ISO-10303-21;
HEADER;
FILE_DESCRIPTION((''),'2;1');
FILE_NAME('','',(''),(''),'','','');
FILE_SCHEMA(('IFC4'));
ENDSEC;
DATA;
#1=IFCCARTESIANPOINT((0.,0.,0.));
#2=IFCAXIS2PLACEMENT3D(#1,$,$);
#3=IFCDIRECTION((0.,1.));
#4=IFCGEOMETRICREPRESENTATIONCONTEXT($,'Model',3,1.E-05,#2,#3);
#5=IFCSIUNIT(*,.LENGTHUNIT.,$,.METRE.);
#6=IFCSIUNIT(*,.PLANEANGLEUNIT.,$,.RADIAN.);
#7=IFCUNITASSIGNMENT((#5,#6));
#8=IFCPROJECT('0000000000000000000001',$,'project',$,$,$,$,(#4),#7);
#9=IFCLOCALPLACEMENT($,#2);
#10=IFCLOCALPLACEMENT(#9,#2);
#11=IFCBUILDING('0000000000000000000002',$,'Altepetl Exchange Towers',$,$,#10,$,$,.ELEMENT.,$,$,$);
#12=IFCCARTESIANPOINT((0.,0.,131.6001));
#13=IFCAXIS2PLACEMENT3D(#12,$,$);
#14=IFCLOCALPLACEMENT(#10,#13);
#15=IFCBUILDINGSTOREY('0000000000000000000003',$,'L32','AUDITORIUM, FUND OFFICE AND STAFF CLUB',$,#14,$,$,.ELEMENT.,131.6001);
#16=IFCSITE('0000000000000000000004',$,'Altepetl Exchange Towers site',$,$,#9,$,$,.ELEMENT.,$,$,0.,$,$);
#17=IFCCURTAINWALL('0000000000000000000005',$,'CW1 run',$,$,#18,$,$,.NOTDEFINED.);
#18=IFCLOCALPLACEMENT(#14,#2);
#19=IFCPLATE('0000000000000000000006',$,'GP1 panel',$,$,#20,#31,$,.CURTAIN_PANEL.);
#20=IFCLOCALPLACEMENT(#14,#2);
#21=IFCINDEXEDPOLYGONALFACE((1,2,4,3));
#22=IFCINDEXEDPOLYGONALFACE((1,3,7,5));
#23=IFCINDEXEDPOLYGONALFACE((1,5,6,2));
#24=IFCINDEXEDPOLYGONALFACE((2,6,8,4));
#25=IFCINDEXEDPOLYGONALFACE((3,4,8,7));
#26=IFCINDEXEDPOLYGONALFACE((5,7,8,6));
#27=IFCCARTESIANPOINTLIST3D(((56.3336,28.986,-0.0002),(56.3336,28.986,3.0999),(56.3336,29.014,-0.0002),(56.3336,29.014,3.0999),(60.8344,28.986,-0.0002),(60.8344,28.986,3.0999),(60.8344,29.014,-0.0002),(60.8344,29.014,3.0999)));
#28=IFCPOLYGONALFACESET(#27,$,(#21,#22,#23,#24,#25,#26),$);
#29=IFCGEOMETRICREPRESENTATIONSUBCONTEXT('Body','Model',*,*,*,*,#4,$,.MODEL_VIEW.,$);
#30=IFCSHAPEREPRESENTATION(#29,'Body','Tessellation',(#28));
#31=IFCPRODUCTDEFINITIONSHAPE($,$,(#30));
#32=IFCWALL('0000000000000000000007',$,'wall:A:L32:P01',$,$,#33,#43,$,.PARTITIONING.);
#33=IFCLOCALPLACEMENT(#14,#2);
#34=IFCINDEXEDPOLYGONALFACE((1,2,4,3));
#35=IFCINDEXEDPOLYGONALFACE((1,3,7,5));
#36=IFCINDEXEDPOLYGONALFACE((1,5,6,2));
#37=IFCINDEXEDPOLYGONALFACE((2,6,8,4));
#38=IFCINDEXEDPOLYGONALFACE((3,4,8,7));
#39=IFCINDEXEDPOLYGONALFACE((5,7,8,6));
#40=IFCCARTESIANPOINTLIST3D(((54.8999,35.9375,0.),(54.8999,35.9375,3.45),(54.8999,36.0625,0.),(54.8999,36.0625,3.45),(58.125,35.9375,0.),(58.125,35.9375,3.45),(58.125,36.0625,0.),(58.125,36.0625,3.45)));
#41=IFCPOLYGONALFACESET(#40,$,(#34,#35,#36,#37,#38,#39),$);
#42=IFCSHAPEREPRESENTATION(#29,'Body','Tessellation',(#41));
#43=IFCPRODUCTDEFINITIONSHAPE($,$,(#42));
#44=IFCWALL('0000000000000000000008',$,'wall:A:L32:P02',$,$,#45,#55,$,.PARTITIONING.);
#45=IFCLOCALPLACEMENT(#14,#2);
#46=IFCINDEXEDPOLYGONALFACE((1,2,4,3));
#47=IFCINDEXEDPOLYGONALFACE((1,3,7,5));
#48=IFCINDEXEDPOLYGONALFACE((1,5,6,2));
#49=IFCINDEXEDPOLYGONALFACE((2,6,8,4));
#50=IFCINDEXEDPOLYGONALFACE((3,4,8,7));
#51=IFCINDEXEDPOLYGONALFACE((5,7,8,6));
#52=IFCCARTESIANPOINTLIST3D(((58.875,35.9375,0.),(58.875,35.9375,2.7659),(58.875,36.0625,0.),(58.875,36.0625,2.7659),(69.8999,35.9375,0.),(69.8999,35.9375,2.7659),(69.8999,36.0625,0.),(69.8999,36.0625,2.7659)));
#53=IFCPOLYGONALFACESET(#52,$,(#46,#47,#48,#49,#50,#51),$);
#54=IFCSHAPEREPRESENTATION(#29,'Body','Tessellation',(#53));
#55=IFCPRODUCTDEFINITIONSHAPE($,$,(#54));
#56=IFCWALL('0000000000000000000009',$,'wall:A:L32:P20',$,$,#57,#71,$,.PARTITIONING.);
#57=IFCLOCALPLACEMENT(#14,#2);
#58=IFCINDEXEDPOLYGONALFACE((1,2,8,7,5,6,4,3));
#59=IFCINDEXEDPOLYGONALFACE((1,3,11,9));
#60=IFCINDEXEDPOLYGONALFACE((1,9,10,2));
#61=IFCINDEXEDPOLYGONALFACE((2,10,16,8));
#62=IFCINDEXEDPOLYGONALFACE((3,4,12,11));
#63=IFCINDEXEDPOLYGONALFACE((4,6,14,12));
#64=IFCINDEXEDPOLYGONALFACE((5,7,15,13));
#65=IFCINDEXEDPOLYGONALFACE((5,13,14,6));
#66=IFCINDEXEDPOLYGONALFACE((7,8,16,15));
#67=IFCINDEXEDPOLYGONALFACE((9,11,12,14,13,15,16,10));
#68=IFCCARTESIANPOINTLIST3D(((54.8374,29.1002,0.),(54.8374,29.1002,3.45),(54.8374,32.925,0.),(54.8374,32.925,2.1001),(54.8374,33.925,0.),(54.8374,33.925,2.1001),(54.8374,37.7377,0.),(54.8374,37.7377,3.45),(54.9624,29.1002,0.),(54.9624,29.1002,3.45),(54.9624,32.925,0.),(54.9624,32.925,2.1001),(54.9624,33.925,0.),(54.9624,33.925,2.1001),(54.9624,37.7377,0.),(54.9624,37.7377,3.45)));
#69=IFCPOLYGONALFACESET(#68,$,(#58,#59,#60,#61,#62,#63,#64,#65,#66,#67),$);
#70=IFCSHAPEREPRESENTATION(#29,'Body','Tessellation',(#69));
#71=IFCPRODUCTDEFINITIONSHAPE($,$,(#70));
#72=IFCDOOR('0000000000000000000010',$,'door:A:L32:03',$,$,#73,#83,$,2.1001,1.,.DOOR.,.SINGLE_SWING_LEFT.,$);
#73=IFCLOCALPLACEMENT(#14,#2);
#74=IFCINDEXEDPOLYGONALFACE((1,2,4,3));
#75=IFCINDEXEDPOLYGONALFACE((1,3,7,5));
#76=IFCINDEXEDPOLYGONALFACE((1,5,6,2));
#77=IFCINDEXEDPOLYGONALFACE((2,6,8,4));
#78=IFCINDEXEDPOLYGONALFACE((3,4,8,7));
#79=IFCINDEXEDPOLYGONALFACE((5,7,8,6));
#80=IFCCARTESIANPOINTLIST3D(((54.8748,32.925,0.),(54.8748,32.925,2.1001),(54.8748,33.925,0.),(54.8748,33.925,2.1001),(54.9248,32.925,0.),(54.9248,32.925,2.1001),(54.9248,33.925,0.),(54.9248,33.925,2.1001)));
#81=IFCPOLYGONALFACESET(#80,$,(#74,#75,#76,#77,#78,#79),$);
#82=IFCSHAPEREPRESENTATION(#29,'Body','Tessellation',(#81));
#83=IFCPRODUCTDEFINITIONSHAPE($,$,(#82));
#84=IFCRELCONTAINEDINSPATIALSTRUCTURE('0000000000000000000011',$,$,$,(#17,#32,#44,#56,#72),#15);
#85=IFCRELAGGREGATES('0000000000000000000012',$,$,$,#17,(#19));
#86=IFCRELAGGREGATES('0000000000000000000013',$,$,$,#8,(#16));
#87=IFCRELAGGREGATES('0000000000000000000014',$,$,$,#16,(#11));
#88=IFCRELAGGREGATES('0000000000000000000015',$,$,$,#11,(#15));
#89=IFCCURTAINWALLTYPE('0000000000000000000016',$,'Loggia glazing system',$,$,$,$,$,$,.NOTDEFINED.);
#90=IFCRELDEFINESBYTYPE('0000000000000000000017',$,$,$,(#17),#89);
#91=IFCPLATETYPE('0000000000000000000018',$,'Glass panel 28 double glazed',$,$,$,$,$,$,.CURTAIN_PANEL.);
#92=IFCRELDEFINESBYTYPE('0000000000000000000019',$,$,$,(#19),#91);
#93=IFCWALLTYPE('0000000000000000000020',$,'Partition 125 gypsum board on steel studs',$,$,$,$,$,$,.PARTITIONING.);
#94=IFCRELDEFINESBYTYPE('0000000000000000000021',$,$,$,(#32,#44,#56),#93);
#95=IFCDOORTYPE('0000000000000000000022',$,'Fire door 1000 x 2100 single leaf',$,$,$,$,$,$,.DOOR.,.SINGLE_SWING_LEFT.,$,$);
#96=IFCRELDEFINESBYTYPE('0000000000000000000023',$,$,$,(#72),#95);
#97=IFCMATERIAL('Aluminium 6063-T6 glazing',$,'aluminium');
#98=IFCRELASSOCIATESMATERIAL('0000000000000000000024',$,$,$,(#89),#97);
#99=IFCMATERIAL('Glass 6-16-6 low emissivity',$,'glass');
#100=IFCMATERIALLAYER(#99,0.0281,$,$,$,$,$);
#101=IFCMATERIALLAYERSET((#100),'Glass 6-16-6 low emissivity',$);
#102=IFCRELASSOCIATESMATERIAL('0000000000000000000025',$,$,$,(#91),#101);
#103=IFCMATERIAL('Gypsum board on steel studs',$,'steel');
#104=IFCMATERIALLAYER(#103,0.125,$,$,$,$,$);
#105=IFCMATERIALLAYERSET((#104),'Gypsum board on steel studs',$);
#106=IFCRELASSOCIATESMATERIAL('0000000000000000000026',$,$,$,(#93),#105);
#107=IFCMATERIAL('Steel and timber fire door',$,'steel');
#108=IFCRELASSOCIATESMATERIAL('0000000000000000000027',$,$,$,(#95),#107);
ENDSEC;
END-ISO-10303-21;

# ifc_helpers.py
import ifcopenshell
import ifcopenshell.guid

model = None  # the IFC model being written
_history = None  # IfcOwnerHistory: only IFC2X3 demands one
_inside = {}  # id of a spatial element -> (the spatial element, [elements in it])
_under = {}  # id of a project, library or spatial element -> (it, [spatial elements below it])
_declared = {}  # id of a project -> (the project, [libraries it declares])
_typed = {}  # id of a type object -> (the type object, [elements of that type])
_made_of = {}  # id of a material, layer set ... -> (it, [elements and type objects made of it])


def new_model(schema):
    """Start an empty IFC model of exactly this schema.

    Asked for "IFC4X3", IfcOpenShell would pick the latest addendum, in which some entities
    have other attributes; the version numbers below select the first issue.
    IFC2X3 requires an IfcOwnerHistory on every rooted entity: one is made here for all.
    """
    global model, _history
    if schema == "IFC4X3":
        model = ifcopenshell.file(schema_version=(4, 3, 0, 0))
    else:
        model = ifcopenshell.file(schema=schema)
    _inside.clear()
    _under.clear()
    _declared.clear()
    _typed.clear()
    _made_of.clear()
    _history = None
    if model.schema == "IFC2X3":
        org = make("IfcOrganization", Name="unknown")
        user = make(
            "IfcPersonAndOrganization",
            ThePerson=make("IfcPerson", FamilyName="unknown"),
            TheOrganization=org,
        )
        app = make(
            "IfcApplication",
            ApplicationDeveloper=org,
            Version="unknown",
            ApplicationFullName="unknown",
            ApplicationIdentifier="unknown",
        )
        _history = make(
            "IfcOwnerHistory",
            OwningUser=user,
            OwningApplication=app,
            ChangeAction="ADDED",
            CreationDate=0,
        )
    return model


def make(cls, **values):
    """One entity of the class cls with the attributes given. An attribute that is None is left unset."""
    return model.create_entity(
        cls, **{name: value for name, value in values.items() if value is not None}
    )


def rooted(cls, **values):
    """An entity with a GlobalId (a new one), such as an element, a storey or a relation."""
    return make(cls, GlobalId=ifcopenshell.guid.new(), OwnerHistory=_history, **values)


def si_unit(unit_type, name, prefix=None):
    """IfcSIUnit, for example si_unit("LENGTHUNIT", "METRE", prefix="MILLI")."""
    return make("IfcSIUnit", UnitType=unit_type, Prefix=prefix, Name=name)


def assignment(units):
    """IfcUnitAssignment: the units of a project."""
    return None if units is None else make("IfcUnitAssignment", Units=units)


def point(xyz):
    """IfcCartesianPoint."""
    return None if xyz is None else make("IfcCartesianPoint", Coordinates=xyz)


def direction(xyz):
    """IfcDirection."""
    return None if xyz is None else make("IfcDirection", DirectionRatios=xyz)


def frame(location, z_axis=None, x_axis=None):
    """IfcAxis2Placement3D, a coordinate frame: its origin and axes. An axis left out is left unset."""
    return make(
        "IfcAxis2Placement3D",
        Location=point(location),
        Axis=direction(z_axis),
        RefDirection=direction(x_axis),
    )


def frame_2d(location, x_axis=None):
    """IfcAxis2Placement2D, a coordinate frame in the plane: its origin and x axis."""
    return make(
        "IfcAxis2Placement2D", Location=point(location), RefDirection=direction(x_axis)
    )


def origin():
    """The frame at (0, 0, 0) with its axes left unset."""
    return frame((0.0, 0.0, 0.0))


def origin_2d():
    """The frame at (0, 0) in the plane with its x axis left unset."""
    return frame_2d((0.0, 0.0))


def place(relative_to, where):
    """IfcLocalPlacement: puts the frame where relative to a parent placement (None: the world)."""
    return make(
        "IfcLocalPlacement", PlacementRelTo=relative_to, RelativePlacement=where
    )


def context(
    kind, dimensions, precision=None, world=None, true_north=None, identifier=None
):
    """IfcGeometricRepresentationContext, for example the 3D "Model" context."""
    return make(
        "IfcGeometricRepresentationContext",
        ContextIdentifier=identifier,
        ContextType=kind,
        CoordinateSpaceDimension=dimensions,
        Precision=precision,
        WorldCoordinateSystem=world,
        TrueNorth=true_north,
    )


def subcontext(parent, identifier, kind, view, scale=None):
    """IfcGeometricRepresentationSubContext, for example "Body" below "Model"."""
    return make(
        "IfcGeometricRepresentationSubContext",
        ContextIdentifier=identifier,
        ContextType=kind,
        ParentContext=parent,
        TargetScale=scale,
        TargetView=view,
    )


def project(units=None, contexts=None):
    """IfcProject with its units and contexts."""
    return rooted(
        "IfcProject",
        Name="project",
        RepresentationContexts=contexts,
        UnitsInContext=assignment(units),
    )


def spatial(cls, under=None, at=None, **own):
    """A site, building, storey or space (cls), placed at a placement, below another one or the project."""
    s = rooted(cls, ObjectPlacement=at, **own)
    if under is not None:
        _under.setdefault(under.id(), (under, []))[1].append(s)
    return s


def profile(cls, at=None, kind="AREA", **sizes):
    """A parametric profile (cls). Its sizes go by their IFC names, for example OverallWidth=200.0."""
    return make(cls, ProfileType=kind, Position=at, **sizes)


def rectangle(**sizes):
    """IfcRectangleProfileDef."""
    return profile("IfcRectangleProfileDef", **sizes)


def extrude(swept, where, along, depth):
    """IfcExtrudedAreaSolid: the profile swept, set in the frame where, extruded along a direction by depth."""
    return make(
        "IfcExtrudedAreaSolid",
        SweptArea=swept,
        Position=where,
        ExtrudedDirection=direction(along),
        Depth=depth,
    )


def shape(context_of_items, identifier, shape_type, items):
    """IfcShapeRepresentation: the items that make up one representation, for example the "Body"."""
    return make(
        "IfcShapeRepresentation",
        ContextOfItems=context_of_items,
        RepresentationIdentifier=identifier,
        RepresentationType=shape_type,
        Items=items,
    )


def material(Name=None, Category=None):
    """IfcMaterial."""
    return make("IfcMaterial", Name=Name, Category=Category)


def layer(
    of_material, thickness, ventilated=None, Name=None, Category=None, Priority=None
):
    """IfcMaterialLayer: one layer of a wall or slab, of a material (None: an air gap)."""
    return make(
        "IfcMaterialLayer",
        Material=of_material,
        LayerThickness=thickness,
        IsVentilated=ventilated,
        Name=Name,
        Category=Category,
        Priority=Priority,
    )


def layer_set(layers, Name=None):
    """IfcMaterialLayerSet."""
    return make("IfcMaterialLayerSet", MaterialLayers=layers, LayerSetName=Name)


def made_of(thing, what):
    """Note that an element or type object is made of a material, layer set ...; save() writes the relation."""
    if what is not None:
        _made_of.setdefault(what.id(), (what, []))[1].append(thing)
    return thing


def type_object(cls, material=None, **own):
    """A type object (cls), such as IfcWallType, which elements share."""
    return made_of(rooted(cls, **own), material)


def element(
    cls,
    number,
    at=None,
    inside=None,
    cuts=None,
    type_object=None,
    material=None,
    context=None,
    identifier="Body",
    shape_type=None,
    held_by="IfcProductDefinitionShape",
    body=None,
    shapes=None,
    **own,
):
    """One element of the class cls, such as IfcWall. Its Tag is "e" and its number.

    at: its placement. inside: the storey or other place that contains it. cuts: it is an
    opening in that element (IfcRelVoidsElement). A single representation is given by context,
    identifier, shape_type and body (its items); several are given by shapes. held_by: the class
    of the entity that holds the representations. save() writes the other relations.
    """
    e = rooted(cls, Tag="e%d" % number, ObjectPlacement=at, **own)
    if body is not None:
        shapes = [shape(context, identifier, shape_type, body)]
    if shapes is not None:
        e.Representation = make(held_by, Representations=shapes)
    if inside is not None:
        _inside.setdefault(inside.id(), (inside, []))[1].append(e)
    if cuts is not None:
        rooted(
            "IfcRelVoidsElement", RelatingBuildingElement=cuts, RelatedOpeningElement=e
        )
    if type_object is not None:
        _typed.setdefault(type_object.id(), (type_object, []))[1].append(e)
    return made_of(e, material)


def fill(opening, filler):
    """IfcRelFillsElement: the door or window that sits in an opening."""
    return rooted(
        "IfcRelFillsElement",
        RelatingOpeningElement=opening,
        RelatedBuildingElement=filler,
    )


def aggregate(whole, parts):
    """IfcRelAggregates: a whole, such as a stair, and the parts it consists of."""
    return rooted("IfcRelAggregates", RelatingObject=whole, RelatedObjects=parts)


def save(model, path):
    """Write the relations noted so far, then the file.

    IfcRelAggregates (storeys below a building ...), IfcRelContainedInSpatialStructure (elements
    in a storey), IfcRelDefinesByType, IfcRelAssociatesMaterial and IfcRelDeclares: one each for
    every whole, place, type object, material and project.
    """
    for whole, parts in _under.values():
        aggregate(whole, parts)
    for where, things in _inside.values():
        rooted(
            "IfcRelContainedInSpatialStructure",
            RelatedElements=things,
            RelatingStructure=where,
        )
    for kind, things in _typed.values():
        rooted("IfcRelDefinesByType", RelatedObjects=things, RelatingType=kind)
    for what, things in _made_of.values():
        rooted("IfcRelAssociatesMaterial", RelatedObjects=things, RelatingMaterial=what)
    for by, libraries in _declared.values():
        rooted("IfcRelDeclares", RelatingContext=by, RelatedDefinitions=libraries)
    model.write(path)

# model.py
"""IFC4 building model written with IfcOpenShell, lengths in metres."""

from ifc_helpers import new_model, si_unit, direction, frame, frame_2d, origin, origin_2d, place, context, subcontext, project, spatial, rectangle, extrude, material, layer, layer_set, type_object, element, fill, aggregate, save


model = new_model("IFC4")

# Units and contexts
model_context = context("Model", 3, precision=1e-05, world=origin(), true_north=direction((0.0, 1.0)))
body_context = subcontext(model_context, "Body", "Model", "MODEL_VIEW")
ifc_project = project(units=[si_unit("LENGTHUNIT", "METRE"), si_unit("PLANEANGLEUNIT", "RADIAN")], contexts=[model_context])

# Site, building, storey
site_placement = place(None, origin())
site = spatial("IfcSite", under=ifc_project, at=site_placement, Name="Altepetl Exchange Towers site", CompositionType="ELEMENT", RefElevation=0.0)
building_placement = place(site_placement, origin())
building = spatial("IfcBuilding", under=site, at=building_placement, Name="Altepetl Exchange Towers", CompositionType="ELEMENT")
storey_placement = place(building_placement, frame((0.0, 0.0, 131.6001)))
storey = spatial("IfcBuildingStorey", under=building, at=storey_placement, Name="L32", Description="AUDITORIUM, FUND OFFICE AND STAFF CLUB", CompositionType="ELEMENT", Elevation=131.6001)

# Curtain wall
ifc_material_1 = material(Name="Aluminium 6063-T6 glazing", Category="aluminium")
curtain_wall_type = type_object("IfcCurtainWallType", Name="Loggia glazing system", PredefinedType="NOTDEFINED", material=ifc_material_1)
curtain_wall_placement = place(storey_placement, origin())
curtain_wall = element("IfcCurtainWall", 1, at=curtain_wall_placement, inside=storey, type_object=curtain_wall_type, Name="CW1 run", PredefinedType="NOTDEFINED")

# Plate
ifc_material_2 = material(Name="Glass 6-16-6 low emissivity", Category="glass")
ifc_layer_1 = layer(ifc_material_2, 0.0281)
ifc_layer_set_1 = layer_set([ifc_layer_1], Name="Glass 6-16-6 low emissivity")
plate_type = type_object("IfcPlateType", Name="Glass panel 28 double glazed", PredefinedType="CURTAIN_PANEL", material=ifc_layer_set_1)
plate_placement = place(storey_placement, frame((58.584, 29.0, -0.0002)))
plate = element("IfcPlate", 2, at=plate_placement, type_object=plate_type, Name="GP1 panel", PredefinedType="CURTAIN_PANEL", context=body_context, shape_type="SweptSolid", body=[
    extrude(rectangle(XDim=4.5007, YDim=0.0281, at=origin_2d()), origin(), (0.0, 0.0, 1.0), 3.1001),
])
aggregate(curtain_wall, [plate])

# Walls
ifc_material_3 = material(Name="Gypsum board on steel studs", Category="steel")
ifc_layer_2 = layer(ifc_material_3, 0.125)
ifc_layer_set_2 = layer_set([ifc_layer_2], Name="Gypsum board on steel studs")
wall_type = type_object("IfcWallType", Name="Partition 125 gypsum board on steel studs", PredefinedType="PARTITIONING", material=ifc_layer_set_2)
wall_1_placement = place(storey_placement, frame((54.8999, 36.0, 0.0)))
element("IfcWall", 3, at=wall_1_placement, inside=storey, type_object=wall_type, Name="wall:A:L32:P01", PredefinedType="PARTITIONING", context=body_context, shape_type="SweptSolid", body=[
    extrude(rectangle(XDim=3.2251, YDim=0.125, at=frame_2d((1.6125, 0.0))), origin(), (0.0, 0.0, 1.0), 3.45),
])
wall_2_placement = place(storey_placement, frame((58.875, 36.0, 0.0)))
element("IfcWall", 4, at=wall_2_placement, inside=storey, type_object=wall_type, Name="wall:A:L32:P02", PredefinedType="PARTITIONING", context=body_context, shape_type="SweptSolid", body=[
    extrude(rectangle(XDim=11.0249, YDim=0.125, at=frame_2d((5.5125, 0.0))), origin(), (0.0, 0.0, 1.0), 2.7659),
])

# Wall, opening, door
wall_3_placement = place(storey_placement, frame((54.8999, 29.1001, 0.0), z_axis=(0.0, 0.0, 1.0), x_axis=(0.0, 1.0, 0.0)))
wall_3 = element("IfcWall", 5, at=wall_3_placement, inside=storey, type_object=wall_type, Name="wall:A:L32:P20", PredefinedType="PARTITIONING", context=body_context, shape_type="SweptSolid", body=[
    extrude(rectangle(XDim=8.6375, YDim=0.125, at=frame_2d((4.3188, 0.0))), origin(), (0.0, 0.0, 1.0), 3.45),
])
opening_1_placement = place(wall_3_placement, frame((3.825, 0.0, 0.0)))
opening_1 = element("IfcOpeningElement", 6, at=opening_1_placement, cuts=wall_3, PredefinedType="OPENING", context=body_context, shape_type="SweptSolid", body=[
    extrude(rectangle(XDim=1.0, YDim=2.1001, at=frame_2d((0.5, 1.05))), frame((0.0, 0.0725, 0.0), z_axis=(0.0, -1.0, 0.0), x_axis=(1.0, 0.0, 0.0)), (0.0, 0.0, 1.0), 0.145),
])
ifc_material_4 = material(Name="Steel and timber fire door", Category="steel")
door_type_1 = type_object("IfcDoorType", Name="Fire door 1000 x 2100 single leaf", OperationType="SINGLE_SWING_LEFT", PredefinedType="DOOR", material=ifc_material_4)
door_1_placement = place(opening_1_placement, frame((1.0, 0.0, 0.0), x_axis=(-1.0, 0.0, 0.0)))
door_1 = element("IfcDoor", 7, at=door_1_placement, inside=storey, type_object=door_type_1, Name="door:A:L32:03", OperationType="SINGLE_SWING_LEFT", OverallHeight=2.1001, OverallWidth=1.0, PredefinedType="DOOR", context=body_context, shape_type="SweptSolid", body=[
    extrude(rectangle(XDim=1.0, YDim=2.1001, at=frame_2d((0.5, 1.05))), frame((0.0, 0.0249, 0.0), z_axis=(0.0, -1.0, 0.0), x_axis=(1.0, 0.0, 0.0)), (0.0, 0.0, 1.0), 0.05),
])
fill(opening_1, door_1)

save(model, "model.ifc")
